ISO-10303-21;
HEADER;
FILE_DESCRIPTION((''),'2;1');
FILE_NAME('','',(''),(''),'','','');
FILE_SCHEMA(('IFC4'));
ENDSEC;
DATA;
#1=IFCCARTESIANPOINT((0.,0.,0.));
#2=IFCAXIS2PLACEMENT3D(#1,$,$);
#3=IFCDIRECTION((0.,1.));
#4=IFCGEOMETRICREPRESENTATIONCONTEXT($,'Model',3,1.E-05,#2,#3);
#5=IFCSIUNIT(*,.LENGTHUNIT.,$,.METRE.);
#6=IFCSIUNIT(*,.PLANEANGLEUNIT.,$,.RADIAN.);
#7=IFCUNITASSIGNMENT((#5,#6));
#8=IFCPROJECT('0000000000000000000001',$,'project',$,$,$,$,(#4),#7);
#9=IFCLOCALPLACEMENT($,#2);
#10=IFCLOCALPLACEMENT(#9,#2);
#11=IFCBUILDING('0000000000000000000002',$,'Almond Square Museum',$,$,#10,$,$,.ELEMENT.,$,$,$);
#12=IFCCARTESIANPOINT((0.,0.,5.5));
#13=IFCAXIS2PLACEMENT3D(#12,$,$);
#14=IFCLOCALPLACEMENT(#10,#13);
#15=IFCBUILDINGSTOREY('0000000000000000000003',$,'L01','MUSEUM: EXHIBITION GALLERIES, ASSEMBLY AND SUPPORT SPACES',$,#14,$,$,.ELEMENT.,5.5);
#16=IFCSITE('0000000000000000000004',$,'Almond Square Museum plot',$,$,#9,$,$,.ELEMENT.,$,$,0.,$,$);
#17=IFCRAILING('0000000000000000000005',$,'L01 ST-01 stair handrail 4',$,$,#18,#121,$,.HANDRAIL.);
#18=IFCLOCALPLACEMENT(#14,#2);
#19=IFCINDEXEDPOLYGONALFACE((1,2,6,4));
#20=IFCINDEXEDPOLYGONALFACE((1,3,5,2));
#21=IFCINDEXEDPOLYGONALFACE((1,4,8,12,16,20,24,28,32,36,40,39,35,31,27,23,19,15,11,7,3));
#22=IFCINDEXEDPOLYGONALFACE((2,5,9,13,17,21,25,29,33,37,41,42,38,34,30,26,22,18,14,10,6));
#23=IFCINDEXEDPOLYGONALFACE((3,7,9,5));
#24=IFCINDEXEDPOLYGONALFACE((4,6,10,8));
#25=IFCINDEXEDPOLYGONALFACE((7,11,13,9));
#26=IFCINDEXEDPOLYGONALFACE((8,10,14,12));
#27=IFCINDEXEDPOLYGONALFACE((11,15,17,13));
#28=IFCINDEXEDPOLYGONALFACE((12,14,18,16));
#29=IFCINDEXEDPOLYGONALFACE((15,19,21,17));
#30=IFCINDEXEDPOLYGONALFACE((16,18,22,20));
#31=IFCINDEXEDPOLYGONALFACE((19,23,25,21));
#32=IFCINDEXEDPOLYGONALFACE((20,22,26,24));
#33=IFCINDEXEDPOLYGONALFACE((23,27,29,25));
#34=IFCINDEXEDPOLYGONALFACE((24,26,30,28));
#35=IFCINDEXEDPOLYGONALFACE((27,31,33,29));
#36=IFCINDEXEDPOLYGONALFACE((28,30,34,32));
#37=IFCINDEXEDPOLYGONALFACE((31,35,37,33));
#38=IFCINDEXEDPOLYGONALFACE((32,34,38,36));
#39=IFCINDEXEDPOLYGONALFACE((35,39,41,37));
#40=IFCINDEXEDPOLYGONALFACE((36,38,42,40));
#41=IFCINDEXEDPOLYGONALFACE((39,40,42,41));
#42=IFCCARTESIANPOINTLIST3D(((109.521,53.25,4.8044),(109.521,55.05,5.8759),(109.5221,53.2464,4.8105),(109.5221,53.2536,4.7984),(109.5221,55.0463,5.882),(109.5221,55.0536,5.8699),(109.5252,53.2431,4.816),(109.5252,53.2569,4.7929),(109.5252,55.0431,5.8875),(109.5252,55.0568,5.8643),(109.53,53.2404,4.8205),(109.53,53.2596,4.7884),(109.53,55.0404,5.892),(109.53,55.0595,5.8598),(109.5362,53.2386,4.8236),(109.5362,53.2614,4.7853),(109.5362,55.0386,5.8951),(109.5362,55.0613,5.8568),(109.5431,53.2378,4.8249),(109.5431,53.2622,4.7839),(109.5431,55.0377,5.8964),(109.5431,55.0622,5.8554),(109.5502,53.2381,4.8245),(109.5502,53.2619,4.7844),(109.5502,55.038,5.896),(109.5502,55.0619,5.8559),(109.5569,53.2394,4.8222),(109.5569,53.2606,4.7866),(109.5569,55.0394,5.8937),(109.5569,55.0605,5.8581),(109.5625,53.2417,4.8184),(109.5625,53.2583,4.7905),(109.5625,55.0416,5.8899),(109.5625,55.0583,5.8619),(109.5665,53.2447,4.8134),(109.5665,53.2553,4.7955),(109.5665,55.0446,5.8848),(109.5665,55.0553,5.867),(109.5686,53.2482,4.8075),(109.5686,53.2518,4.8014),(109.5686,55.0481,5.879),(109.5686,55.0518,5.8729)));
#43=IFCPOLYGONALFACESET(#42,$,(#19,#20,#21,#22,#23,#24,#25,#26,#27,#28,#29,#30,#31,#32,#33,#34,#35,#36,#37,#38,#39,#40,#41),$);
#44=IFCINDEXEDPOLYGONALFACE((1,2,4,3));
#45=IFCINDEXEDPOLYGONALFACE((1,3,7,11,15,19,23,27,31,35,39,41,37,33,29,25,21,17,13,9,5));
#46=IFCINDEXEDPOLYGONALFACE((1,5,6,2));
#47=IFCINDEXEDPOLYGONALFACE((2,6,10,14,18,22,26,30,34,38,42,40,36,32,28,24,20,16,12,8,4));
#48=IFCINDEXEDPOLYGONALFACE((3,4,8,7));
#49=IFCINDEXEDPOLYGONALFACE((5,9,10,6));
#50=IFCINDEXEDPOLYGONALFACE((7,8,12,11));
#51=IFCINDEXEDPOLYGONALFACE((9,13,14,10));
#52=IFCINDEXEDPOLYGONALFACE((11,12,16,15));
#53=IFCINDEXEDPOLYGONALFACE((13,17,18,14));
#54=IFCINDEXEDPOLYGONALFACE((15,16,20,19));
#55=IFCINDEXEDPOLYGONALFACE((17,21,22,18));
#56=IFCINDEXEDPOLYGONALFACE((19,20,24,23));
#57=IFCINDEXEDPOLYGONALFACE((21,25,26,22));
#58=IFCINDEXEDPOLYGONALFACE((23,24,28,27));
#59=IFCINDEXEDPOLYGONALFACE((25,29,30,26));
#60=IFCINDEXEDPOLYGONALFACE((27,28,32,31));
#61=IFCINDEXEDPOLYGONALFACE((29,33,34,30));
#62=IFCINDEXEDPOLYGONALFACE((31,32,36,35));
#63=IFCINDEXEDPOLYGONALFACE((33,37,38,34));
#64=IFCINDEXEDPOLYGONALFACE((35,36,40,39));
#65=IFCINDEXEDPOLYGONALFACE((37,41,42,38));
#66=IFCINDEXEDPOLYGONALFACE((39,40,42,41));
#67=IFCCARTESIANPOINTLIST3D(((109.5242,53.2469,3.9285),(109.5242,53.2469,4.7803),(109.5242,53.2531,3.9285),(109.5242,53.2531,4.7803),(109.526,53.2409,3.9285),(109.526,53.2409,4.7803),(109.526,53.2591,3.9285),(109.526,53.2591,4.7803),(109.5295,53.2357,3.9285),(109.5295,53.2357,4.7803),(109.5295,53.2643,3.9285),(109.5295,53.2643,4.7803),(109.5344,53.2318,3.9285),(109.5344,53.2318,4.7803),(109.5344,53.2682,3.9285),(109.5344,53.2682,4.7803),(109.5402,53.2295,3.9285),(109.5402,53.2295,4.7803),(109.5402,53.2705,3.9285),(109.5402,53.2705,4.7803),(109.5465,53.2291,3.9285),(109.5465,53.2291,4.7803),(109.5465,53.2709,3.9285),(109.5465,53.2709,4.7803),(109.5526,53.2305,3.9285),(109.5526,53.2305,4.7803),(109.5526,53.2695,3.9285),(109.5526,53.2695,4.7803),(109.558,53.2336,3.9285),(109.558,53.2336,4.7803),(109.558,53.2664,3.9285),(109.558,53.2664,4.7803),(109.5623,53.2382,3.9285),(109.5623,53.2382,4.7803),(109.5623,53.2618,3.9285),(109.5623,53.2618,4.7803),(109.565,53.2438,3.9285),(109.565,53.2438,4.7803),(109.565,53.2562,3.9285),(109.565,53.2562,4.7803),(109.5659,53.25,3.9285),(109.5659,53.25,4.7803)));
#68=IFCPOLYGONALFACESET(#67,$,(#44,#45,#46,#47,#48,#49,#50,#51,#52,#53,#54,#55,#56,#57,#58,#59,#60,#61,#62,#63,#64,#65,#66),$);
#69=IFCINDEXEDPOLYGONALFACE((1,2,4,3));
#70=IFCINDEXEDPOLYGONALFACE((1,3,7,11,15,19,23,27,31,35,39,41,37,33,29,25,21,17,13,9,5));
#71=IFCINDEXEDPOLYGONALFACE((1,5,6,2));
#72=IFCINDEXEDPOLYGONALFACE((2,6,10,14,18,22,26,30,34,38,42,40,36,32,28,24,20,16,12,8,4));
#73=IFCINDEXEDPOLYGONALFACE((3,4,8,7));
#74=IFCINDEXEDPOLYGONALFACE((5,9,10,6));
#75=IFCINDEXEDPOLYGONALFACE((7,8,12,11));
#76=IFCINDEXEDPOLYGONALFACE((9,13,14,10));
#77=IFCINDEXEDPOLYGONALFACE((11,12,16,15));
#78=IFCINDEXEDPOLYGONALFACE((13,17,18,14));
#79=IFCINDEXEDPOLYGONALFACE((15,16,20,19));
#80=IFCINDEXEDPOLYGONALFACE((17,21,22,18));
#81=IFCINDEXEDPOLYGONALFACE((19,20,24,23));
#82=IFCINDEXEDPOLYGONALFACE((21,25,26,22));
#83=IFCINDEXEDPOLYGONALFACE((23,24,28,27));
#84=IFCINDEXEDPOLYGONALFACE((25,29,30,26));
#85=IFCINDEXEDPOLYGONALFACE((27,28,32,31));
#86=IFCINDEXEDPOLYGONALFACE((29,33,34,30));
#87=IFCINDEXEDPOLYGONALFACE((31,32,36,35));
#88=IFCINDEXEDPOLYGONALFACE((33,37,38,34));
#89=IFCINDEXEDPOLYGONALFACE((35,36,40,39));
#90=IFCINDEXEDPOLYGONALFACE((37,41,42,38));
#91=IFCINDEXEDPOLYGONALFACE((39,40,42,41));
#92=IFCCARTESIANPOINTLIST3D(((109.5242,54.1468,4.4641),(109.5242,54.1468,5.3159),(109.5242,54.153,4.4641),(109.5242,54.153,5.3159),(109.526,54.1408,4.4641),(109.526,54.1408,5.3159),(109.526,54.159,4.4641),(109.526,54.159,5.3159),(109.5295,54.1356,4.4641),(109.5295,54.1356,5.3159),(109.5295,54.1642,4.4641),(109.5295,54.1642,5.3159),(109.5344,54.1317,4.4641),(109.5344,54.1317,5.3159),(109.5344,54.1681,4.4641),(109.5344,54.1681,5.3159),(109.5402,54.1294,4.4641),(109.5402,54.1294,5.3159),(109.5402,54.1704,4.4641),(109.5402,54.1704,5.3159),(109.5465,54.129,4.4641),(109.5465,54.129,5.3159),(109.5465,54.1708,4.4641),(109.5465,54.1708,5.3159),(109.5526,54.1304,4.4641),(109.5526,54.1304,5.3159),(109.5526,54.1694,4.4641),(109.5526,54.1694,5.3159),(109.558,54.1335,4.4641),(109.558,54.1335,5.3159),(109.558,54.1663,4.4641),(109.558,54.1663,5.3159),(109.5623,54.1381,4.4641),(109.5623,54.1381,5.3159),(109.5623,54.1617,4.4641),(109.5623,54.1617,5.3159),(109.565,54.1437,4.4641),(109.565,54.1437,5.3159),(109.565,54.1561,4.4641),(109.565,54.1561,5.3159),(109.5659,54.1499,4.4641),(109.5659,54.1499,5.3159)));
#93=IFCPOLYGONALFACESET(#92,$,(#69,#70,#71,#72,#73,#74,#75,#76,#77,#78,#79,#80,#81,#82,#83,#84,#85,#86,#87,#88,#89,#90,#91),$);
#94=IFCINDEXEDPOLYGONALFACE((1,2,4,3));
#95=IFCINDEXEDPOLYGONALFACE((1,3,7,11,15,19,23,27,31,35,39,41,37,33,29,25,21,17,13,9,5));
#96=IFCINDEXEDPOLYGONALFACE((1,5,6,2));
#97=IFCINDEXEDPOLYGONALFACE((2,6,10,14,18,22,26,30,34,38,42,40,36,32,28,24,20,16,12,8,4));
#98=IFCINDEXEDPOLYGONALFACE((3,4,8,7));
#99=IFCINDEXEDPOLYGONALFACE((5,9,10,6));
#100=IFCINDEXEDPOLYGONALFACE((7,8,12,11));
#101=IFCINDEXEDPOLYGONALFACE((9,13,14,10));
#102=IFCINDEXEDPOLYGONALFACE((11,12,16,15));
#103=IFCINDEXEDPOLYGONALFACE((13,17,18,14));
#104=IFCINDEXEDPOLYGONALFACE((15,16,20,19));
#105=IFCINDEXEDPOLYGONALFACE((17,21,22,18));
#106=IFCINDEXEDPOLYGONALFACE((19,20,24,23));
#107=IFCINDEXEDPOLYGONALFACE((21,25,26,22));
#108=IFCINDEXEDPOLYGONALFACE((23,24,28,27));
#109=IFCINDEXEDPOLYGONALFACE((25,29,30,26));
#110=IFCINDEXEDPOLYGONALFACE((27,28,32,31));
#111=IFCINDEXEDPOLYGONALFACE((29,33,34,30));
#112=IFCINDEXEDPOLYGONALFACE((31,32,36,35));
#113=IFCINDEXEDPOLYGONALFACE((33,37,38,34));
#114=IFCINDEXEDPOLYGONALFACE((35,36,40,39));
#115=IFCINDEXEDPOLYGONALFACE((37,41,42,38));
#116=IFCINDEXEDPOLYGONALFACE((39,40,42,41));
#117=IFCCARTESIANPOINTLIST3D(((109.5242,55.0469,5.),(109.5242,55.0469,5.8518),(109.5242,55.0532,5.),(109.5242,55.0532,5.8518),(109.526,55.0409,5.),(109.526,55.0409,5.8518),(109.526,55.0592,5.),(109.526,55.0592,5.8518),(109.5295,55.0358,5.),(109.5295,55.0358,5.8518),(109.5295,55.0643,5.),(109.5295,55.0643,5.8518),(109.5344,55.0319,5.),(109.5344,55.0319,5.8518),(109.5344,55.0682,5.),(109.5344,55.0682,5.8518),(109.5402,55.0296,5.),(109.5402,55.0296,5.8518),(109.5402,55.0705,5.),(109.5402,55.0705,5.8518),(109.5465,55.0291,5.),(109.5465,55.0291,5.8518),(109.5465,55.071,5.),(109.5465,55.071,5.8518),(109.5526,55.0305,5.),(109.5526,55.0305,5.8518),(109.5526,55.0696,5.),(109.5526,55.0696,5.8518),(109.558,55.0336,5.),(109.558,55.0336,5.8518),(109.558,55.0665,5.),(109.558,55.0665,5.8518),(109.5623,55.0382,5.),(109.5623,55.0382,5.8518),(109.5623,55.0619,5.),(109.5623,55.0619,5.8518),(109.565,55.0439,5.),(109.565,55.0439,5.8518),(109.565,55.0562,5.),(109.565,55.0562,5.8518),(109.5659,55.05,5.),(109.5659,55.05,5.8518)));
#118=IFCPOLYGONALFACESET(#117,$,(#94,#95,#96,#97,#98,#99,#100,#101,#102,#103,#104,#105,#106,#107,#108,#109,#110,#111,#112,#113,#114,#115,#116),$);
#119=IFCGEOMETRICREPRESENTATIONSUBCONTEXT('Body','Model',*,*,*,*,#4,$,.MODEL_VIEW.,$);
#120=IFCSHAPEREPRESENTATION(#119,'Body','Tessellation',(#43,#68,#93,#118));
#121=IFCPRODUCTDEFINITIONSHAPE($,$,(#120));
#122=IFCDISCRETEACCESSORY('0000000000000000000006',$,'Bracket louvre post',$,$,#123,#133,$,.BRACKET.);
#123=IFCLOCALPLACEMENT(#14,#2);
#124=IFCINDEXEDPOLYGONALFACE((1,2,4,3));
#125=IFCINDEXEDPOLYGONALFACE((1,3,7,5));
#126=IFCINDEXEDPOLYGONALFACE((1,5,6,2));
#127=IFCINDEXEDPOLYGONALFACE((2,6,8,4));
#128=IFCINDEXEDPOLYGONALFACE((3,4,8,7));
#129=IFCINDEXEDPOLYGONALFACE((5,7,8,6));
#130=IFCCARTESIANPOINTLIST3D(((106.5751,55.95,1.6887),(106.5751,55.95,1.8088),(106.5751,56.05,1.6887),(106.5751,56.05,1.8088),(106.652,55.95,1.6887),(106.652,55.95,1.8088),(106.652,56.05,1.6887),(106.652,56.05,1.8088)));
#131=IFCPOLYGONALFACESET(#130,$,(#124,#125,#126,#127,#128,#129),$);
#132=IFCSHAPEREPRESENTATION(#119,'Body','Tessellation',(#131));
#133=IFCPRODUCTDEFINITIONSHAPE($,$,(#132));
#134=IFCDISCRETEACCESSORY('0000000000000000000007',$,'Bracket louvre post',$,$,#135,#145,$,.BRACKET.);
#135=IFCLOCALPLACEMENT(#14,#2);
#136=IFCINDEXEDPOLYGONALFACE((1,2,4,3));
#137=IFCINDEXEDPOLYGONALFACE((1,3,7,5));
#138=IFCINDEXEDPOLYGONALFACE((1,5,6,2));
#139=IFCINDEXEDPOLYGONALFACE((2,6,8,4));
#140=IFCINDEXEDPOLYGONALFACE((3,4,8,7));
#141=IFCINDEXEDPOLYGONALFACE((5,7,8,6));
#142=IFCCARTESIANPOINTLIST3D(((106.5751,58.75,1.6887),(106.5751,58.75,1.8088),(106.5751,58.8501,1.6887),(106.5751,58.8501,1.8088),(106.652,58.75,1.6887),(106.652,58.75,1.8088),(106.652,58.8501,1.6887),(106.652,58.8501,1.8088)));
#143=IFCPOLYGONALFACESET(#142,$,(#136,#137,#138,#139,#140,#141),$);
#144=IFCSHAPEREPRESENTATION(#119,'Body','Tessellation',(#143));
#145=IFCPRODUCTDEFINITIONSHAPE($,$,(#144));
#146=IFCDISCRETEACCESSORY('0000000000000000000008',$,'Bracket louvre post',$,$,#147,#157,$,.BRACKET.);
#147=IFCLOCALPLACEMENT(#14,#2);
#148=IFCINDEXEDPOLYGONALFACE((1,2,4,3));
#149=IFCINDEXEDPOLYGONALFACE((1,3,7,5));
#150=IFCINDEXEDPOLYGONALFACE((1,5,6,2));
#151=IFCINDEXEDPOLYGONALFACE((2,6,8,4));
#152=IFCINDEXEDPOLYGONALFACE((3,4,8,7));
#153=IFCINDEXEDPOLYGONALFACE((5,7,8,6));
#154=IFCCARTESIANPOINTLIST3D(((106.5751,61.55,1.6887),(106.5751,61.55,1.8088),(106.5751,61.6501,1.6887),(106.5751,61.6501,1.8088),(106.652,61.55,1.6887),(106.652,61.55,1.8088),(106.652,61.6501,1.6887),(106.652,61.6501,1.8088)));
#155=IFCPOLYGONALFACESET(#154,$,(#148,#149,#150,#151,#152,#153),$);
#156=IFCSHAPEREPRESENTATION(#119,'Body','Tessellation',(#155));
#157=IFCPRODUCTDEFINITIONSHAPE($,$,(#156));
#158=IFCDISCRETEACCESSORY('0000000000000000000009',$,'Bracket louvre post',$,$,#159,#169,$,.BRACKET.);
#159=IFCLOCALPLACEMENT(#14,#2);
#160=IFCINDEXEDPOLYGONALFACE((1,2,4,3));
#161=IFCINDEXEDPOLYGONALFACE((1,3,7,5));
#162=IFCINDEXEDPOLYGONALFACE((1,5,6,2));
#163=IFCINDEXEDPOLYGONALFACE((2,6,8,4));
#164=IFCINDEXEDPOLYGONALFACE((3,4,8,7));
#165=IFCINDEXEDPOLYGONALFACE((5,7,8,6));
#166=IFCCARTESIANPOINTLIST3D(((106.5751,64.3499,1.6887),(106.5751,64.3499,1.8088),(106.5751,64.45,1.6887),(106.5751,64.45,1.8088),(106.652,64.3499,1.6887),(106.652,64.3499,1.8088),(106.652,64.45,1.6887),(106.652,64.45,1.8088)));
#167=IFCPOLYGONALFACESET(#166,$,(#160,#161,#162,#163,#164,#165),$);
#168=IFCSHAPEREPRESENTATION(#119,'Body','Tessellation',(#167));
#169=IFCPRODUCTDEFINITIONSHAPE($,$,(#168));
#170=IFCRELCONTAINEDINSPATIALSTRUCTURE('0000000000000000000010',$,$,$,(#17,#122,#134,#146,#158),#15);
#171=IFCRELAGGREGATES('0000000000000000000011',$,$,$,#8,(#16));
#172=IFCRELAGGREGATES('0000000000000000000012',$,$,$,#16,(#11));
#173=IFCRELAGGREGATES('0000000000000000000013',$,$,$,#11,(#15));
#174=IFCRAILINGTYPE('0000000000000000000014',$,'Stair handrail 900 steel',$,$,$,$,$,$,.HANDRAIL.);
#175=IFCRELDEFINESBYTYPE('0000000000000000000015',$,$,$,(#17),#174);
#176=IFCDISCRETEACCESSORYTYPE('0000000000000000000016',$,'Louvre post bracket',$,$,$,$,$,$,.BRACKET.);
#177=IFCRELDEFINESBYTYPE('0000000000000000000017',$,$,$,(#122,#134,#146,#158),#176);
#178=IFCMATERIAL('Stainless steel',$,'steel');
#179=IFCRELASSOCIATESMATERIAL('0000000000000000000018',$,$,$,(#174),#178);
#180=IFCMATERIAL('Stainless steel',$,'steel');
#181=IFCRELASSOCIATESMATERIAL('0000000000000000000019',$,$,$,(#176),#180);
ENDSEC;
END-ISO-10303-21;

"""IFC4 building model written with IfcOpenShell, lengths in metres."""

from ifc_helpers import new_model, si_unit, direction, frame, origin, origin_2d, place, context, subcontext, project, spatial, rectangle, circle, extrude, material, type_object, element, save


model = new_model("IFC4")

# Units and contexts
model_context = context("Model", 3, precision=1e-05, world=origin(), true_north=direction((0.0, 1.0)))
body_context = subcontext(model_context, "Body", "Model", "MODEL_VIEW")
ifc_project = project(units=[si_unit("LENGTHUNIT", "METRE"), si_unit("PLANEANGLEUNIT", "RADIAN")], contexts=[model_context])

# Site, building, storey
site_placement = place(None, origin())
site = spatial("IfcSite", under=ifc_project, at=site_placement, Name="Almond Square Museum plot", CompositionType="ELEMENT", RefElevation=0.0)
building_placement = place(site_placement, origin())
building = spatial("IfcBuilding", under=site, at=building_placement, Name="Almond Square Museum", CompositionType="ELEMENT")
storey_placement = place(building_placement, frame((0.0, 0.0, 5.5)))
storey = spatial("IfcBuildingStorey", under=building, at=storey_placement, Name="L01", Description="MUSEUM: EXHIBITION GALLERIES, ASSEMBLY AND SUPPORT SPACES", CompositionType="ELEMENT", Elevation=5.5)

# Railing
ifc_material_1 = material(Name="Stainless steel", Category="steel")
railing_type_1 = type_object("IfcRailingType", Name="Stair handrail 900 steel", PredefinedType="HANDRAIL", material=ifc_material_1)
railing_1_placement = place(storey_placement, frame((109.5449, 53.25, 3.9285)))
element("IfcRailing", 1, at=railing_1_placement, inside=storey, type_object=railing_type_1, Name="L01 ST-01 stair handrail 4", PredefinedType="HANDRAIL", context=body_context, shape_type="SweptSolid", body=[
    extrude(circle(Radius=0.0239, at=origin_2d()), frame((0.0, 0.0, 0.876), z_axis=(0.0, 0.859277, 0.51151), x_axis=(-1.0, 0.0, 0.0)), (0.0, 0.0, 1.0), 2.0947),
    extrude(circle(Radius=0.021, at=origin_2d()), origin(), (0.0, 0.0, 1.0), 0.8518),
    extrude(circle(Radius=0.021, at=origin_2d()), frame((0.0, 0.8999, 0.5356)), (0.0, 0.0, 1.0), 0.8518),
    extrude(circle(Radius=0.021, at=origin_2d()), frame((0.0, 1.8, 1.0715)), (0.0, 0.0, 1.0), 0.8518),
])

# Discrete accessories
ifc_material_2 = material(Name="Stainless steel", Category="steel")
discrete_accessory_type = type_object("IfcDiscreteAccessoryType", Name="Louvre post bracket", PredefinedType="BRACKET", material=ifc_material_2)
for number, where, z_axis, x_axis, name in (
    (2, (106.6135, 56.0, 1.6887), (0.0, 0.0, 1.0), (1.0, 0.0, 0.0), "Bracket louvre post"),
    (3, (106.6135, 58.8, 1.6887), (0.0, 0.0, 1.0), (1.0, 0.0, 0.0), "Bracket louvre post"),
    (4, (106.6135, 61.6001, 1.6887), (0.0, 0.0, 1.0), (1.0, 0.0, 0.0), "Bracket louvre post"),
    (5, (106.6135, 64.3999, 1.6887), (0.0, 0.0, 1.0), (1.0, 0.0, 0.0), "Bracket louvre post"),
):
    element("IfcDiscreteAccessory", number, at=place(storey_placement, frame(where, z_axis=z_axis, x_axis=x_axis)), inside=storey, type_object=discrete_accessory_type, Name=name, PredefinedType="BRACKET", context=body_context, shape_type="SweptSolid", body=[
        extrude(rectangle(XDim=0.0769, YDim=0.1001, at=origin_2d()), origin(), (0.0, 0.0, 1.0), 0.1201),
    ])

save(model, "model.ifc")
